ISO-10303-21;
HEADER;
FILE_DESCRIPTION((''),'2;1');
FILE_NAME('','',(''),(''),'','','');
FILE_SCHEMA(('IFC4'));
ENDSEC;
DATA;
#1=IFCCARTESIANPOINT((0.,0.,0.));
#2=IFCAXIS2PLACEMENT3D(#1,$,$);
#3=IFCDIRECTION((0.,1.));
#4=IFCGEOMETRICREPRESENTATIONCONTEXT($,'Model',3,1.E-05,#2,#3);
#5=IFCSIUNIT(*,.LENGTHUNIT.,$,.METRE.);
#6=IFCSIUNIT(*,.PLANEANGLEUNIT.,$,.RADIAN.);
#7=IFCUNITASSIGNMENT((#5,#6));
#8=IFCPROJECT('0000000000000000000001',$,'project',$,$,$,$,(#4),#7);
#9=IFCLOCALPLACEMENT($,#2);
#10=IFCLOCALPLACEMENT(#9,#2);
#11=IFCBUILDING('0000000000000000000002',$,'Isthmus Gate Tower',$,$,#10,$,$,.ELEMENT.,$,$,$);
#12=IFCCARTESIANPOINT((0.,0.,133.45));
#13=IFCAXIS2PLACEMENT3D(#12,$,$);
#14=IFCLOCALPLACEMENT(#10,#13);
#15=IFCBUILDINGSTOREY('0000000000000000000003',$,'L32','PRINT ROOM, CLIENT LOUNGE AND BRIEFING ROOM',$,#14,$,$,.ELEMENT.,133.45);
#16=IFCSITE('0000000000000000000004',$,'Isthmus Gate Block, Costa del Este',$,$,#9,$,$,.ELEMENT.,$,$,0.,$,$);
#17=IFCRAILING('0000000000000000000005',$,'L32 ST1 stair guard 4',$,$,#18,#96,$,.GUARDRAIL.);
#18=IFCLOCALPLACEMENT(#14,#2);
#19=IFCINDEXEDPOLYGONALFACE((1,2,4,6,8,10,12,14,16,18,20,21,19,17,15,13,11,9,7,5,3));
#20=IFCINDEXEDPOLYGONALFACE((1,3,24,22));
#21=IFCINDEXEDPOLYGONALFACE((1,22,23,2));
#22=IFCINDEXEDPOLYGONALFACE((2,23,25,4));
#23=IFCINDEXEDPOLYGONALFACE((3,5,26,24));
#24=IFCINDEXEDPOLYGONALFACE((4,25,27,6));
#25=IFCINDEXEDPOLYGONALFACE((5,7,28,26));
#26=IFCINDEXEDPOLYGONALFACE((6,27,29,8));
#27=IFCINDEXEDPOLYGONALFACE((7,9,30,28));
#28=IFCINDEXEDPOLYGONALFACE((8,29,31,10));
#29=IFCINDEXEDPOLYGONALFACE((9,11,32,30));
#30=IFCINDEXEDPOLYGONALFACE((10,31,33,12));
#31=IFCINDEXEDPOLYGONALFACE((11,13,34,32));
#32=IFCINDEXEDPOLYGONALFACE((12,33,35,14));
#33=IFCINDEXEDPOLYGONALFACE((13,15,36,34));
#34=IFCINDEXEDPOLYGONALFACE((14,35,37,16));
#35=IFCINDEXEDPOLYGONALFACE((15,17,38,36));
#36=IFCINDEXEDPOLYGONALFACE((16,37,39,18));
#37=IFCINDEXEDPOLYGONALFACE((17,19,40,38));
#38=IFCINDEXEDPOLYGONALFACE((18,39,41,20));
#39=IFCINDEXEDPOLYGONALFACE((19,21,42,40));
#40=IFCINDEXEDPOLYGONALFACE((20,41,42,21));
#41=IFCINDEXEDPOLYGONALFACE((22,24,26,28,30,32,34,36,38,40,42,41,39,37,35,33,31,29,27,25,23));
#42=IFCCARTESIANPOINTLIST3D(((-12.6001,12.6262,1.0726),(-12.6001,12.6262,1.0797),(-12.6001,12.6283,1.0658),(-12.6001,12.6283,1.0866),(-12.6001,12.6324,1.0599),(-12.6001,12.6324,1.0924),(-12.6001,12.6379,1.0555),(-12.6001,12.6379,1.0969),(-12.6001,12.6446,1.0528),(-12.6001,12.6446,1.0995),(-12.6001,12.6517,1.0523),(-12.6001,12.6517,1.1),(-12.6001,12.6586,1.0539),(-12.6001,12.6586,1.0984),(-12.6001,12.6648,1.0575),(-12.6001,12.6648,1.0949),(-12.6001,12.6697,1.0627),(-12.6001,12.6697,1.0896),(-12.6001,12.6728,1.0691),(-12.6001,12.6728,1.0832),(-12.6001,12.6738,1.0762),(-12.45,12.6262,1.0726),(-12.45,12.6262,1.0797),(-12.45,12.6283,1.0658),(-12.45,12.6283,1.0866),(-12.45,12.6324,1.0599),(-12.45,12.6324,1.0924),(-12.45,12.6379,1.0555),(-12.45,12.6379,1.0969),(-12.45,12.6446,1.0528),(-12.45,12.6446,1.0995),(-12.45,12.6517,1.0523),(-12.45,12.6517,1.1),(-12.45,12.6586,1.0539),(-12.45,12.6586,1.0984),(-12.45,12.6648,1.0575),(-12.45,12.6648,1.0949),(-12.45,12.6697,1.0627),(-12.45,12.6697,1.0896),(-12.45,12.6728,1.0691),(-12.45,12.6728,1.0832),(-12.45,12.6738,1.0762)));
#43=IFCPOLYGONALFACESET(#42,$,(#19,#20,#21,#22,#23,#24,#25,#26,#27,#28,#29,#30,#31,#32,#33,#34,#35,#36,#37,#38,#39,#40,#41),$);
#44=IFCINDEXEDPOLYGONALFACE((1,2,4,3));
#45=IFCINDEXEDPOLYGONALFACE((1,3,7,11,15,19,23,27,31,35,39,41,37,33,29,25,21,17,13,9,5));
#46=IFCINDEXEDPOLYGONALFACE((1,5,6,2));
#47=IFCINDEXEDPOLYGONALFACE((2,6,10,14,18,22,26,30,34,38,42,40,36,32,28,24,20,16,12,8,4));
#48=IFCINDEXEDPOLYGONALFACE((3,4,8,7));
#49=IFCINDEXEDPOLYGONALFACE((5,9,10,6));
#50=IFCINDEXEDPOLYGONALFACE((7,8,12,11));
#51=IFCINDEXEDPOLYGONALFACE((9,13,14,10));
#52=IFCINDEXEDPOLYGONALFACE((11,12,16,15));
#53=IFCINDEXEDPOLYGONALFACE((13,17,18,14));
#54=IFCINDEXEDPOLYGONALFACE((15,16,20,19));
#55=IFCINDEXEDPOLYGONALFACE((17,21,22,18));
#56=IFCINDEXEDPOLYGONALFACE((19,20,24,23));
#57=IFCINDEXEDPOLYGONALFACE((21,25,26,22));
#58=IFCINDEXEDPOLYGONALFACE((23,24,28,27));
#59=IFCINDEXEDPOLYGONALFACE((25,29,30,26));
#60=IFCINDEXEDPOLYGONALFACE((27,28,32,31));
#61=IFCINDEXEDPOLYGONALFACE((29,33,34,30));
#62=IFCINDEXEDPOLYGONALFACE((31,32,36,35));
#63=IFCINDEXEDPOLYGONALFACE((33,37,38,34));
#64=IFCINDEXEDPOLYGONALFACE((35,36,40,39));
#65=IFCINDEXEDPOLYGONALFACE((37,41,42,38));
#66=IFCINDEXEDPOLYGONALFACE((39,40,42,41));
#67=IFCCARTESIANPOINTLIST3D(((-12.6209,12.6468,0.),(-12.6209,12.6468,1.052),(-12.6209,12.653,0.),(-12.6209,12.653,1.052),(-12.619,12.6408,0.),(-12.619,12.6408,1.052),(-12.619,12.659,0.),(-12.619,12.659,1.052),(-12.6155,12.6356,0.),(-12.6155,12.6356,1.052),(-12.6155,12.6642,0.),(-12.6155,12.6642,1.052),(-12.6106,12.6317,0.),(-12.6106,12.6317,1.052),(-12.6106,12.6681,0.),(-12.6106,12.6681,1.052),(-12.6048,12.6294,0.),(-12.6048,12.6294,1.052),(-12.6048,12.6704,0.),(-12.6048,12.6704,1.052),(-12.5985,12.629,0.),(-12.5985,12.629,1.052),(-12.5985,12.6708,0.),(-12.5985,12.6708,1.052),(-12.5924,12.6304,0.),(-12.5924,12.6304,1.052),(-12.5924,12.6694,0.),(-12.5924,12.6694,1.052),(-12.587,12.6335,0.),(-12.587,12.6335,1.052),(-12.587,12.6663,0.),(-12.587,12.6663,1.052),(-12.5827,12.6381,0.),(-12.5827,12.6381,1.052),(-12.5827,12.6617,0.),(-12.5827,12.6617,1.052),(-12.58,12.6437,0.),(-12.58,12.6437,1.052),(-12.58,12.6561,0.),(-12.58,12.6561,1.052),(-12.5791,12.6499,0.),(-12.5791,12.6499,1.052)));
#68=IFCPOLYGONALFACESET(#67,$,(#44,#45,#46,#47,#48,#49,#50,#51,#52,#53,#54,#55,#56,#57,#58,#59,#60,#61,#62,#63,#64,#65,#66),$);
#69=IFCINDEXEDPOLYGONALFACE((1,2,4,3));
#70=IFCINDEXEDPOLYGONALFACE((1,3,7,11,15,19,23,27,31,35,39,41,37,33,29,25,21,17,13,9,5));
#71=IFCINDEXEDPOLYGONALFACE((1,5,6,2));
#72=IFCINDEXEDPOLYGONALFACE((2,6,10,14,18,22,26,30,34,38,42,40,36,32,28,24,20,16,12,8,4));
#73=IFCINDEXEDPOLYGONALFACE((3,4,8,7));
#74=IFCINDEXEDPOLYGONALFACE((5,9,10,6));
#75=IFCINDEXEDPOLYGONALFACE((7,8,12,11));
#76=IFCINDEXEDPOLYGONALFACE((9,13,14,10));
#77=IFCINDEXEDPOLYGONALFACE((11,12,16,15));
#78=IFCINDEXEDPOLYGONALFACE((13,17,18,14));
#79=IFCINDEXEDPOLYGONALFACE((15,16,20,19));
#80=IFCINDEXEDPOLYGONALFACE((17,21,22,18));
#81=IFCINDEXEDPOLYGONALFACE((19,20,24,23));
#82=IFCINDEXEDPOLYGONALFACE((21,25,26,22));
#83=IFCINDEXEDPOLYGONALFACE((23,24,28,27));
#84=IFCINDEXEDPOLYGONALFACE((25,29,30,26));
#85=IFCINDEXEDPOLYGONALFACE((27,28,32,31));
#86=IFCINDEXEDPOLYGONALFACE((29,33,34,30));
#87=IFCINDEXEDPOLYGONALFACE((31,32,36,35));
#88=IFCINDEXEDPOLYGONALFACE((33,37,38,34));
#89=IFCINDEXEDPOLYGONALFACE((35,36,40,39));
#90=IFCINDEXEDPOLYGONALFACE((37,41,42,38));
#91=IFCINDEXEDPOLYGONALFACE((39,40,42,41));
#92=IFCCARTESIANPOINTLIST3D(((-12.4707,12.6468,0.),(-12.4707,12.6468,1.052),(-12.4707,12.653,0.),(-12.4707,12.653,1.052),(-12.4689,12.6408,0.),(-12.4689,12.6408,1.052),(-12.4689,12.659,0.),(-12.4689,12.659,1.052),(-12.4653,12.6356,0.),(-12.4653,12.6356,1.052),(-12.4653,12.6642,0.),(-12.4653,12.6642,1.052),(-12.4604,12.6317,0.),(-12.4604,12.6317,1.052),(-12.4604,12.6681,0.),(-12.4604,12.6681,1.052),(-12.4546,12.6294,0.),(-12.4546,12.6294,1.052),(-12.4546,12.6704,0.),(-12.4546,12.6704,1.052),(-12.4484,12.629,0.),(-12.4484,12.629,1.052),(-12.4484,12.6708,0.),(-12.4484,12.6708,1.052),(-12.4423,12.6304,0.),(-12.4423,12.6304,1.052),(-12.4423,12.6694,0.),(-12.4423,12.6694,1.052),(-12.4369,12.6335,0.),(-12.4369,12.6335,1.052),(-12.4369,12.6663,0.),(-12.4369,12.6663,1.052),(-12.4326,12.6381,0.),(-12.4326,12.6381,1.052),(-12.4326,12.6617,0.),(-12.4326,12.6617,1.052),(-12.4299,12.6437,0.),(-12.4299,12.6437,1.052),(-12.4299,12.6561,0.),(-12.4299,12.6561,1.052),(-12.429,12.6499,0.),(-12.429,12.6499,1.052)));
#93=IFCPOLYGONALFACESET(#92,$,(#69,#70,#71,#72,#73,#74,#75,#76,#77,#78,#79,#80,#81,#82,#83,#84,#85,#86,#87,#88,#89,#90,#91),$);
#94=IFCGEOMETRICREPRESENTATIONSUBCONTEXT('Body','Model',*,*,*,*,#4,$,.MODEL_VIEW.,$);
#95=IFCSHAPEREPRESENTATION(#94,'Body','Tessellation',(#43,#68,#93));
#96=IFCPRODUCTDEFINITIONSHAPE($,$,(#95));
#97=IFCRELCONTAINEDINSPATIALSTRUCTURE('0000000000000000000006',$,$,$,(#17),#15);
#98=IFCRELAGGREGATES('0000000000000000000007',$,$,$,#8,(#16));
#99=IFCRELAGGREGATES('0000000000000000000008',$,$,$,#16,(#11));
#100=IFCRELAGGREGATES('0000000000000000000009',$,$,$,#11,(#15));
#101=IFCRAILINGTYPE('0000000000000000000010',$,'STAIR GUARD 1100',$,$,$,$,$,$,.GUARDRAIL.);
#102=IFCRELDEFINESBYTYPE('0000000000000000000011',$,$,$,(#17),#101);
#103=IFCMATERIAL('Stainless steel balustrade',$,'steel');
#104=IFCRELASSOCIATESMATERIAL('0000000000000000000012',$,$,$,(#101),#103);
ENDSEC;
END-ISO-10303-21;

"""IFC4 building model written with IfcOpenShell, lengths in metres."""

from ifc_helpers import new_model, si_unit, direction, frame, origin, origin_2d, place, context, subcontext, project, spatial, circle, extrude, material, type_object, element, save


model = new_model("IFC4")

# Units and contexts
model_context = context("Model", 3, precision=1e-05, world=origin(), true_north=direction((0.0, 1.0)))
body_context = subcontext(model_context, "Body", "Model", "MODEL_VIEW")
ifc_project = project(units=[si_unit("LENGTHUNIT", "METRE"), si_unit("PLANEANGLEUNIT", "RADIAN")], contexts=[model_context])

# Site, building, storey
site_placement = place(None, origin())
site = spatial("IfcSite", under=ifc_project, at=site_placement, Name="Isthmus Gate Block, Costa del Este", CompositionType="ELEMENT", RefElevation=0.0)
building_placement = place(site_placement, origin())
building = spatial("IfcBuilding", under=site, at=building_placement, Name="Isthmus Gate Tower", CompositionType="ELEMENT")
storey_placement = place(building_placement, frame((0.0, 0.0, 133.45)))
storey = spatial("IfcBuildingStorey", under=building, at=storey_placement, Name="L32", Description="PRINT ROOM, CLIENT LOUNGE AND BRIEFING ROOM", CompositionType="ELEMENT", Elevation=133.45)

# Railing
ifc_material_1 = material(Name="Stainless steel balustrade", Category="steel")
railing_type = type_object("IfcRailingType", Name="STAIR GUARD 1100", PredefinedType="GUARDRAIL", material=ifc_material_1)
railing_1_placement = place(storey_placement, frame((-12.6001, 12.6499, 0.0)))
element("IfcRailing", 1, at=railing_1_placement, inside=storey, type_object=railing_type, Name="L32 ST1 stair guard 4", PredefinedType="GUARDRAIL", context=body_context, shape_type="SweptSolid", body=[
    extrude(circle(Radius=0.0239, at=origin_2d()), frame((0.0, 0.0, 1.0762), z_axis=(1.0, 0.0, 0.0), x_axis=(0.0, 1.0, 0.0)), (0.0, 0.0, 1.0), 0.1501),
    extrude(circle(Radius=0.021, at=origin_2d()), origin(), (0.0, 0.0, 1.0), 1.052),
    extrude(circle(Radius=0.021, at=origin_2d()), frame((0.1501, 0.0, 0.0)), (0.0, 0.0, 1.0), 1.052),
])

save(model, "model.ifc")
